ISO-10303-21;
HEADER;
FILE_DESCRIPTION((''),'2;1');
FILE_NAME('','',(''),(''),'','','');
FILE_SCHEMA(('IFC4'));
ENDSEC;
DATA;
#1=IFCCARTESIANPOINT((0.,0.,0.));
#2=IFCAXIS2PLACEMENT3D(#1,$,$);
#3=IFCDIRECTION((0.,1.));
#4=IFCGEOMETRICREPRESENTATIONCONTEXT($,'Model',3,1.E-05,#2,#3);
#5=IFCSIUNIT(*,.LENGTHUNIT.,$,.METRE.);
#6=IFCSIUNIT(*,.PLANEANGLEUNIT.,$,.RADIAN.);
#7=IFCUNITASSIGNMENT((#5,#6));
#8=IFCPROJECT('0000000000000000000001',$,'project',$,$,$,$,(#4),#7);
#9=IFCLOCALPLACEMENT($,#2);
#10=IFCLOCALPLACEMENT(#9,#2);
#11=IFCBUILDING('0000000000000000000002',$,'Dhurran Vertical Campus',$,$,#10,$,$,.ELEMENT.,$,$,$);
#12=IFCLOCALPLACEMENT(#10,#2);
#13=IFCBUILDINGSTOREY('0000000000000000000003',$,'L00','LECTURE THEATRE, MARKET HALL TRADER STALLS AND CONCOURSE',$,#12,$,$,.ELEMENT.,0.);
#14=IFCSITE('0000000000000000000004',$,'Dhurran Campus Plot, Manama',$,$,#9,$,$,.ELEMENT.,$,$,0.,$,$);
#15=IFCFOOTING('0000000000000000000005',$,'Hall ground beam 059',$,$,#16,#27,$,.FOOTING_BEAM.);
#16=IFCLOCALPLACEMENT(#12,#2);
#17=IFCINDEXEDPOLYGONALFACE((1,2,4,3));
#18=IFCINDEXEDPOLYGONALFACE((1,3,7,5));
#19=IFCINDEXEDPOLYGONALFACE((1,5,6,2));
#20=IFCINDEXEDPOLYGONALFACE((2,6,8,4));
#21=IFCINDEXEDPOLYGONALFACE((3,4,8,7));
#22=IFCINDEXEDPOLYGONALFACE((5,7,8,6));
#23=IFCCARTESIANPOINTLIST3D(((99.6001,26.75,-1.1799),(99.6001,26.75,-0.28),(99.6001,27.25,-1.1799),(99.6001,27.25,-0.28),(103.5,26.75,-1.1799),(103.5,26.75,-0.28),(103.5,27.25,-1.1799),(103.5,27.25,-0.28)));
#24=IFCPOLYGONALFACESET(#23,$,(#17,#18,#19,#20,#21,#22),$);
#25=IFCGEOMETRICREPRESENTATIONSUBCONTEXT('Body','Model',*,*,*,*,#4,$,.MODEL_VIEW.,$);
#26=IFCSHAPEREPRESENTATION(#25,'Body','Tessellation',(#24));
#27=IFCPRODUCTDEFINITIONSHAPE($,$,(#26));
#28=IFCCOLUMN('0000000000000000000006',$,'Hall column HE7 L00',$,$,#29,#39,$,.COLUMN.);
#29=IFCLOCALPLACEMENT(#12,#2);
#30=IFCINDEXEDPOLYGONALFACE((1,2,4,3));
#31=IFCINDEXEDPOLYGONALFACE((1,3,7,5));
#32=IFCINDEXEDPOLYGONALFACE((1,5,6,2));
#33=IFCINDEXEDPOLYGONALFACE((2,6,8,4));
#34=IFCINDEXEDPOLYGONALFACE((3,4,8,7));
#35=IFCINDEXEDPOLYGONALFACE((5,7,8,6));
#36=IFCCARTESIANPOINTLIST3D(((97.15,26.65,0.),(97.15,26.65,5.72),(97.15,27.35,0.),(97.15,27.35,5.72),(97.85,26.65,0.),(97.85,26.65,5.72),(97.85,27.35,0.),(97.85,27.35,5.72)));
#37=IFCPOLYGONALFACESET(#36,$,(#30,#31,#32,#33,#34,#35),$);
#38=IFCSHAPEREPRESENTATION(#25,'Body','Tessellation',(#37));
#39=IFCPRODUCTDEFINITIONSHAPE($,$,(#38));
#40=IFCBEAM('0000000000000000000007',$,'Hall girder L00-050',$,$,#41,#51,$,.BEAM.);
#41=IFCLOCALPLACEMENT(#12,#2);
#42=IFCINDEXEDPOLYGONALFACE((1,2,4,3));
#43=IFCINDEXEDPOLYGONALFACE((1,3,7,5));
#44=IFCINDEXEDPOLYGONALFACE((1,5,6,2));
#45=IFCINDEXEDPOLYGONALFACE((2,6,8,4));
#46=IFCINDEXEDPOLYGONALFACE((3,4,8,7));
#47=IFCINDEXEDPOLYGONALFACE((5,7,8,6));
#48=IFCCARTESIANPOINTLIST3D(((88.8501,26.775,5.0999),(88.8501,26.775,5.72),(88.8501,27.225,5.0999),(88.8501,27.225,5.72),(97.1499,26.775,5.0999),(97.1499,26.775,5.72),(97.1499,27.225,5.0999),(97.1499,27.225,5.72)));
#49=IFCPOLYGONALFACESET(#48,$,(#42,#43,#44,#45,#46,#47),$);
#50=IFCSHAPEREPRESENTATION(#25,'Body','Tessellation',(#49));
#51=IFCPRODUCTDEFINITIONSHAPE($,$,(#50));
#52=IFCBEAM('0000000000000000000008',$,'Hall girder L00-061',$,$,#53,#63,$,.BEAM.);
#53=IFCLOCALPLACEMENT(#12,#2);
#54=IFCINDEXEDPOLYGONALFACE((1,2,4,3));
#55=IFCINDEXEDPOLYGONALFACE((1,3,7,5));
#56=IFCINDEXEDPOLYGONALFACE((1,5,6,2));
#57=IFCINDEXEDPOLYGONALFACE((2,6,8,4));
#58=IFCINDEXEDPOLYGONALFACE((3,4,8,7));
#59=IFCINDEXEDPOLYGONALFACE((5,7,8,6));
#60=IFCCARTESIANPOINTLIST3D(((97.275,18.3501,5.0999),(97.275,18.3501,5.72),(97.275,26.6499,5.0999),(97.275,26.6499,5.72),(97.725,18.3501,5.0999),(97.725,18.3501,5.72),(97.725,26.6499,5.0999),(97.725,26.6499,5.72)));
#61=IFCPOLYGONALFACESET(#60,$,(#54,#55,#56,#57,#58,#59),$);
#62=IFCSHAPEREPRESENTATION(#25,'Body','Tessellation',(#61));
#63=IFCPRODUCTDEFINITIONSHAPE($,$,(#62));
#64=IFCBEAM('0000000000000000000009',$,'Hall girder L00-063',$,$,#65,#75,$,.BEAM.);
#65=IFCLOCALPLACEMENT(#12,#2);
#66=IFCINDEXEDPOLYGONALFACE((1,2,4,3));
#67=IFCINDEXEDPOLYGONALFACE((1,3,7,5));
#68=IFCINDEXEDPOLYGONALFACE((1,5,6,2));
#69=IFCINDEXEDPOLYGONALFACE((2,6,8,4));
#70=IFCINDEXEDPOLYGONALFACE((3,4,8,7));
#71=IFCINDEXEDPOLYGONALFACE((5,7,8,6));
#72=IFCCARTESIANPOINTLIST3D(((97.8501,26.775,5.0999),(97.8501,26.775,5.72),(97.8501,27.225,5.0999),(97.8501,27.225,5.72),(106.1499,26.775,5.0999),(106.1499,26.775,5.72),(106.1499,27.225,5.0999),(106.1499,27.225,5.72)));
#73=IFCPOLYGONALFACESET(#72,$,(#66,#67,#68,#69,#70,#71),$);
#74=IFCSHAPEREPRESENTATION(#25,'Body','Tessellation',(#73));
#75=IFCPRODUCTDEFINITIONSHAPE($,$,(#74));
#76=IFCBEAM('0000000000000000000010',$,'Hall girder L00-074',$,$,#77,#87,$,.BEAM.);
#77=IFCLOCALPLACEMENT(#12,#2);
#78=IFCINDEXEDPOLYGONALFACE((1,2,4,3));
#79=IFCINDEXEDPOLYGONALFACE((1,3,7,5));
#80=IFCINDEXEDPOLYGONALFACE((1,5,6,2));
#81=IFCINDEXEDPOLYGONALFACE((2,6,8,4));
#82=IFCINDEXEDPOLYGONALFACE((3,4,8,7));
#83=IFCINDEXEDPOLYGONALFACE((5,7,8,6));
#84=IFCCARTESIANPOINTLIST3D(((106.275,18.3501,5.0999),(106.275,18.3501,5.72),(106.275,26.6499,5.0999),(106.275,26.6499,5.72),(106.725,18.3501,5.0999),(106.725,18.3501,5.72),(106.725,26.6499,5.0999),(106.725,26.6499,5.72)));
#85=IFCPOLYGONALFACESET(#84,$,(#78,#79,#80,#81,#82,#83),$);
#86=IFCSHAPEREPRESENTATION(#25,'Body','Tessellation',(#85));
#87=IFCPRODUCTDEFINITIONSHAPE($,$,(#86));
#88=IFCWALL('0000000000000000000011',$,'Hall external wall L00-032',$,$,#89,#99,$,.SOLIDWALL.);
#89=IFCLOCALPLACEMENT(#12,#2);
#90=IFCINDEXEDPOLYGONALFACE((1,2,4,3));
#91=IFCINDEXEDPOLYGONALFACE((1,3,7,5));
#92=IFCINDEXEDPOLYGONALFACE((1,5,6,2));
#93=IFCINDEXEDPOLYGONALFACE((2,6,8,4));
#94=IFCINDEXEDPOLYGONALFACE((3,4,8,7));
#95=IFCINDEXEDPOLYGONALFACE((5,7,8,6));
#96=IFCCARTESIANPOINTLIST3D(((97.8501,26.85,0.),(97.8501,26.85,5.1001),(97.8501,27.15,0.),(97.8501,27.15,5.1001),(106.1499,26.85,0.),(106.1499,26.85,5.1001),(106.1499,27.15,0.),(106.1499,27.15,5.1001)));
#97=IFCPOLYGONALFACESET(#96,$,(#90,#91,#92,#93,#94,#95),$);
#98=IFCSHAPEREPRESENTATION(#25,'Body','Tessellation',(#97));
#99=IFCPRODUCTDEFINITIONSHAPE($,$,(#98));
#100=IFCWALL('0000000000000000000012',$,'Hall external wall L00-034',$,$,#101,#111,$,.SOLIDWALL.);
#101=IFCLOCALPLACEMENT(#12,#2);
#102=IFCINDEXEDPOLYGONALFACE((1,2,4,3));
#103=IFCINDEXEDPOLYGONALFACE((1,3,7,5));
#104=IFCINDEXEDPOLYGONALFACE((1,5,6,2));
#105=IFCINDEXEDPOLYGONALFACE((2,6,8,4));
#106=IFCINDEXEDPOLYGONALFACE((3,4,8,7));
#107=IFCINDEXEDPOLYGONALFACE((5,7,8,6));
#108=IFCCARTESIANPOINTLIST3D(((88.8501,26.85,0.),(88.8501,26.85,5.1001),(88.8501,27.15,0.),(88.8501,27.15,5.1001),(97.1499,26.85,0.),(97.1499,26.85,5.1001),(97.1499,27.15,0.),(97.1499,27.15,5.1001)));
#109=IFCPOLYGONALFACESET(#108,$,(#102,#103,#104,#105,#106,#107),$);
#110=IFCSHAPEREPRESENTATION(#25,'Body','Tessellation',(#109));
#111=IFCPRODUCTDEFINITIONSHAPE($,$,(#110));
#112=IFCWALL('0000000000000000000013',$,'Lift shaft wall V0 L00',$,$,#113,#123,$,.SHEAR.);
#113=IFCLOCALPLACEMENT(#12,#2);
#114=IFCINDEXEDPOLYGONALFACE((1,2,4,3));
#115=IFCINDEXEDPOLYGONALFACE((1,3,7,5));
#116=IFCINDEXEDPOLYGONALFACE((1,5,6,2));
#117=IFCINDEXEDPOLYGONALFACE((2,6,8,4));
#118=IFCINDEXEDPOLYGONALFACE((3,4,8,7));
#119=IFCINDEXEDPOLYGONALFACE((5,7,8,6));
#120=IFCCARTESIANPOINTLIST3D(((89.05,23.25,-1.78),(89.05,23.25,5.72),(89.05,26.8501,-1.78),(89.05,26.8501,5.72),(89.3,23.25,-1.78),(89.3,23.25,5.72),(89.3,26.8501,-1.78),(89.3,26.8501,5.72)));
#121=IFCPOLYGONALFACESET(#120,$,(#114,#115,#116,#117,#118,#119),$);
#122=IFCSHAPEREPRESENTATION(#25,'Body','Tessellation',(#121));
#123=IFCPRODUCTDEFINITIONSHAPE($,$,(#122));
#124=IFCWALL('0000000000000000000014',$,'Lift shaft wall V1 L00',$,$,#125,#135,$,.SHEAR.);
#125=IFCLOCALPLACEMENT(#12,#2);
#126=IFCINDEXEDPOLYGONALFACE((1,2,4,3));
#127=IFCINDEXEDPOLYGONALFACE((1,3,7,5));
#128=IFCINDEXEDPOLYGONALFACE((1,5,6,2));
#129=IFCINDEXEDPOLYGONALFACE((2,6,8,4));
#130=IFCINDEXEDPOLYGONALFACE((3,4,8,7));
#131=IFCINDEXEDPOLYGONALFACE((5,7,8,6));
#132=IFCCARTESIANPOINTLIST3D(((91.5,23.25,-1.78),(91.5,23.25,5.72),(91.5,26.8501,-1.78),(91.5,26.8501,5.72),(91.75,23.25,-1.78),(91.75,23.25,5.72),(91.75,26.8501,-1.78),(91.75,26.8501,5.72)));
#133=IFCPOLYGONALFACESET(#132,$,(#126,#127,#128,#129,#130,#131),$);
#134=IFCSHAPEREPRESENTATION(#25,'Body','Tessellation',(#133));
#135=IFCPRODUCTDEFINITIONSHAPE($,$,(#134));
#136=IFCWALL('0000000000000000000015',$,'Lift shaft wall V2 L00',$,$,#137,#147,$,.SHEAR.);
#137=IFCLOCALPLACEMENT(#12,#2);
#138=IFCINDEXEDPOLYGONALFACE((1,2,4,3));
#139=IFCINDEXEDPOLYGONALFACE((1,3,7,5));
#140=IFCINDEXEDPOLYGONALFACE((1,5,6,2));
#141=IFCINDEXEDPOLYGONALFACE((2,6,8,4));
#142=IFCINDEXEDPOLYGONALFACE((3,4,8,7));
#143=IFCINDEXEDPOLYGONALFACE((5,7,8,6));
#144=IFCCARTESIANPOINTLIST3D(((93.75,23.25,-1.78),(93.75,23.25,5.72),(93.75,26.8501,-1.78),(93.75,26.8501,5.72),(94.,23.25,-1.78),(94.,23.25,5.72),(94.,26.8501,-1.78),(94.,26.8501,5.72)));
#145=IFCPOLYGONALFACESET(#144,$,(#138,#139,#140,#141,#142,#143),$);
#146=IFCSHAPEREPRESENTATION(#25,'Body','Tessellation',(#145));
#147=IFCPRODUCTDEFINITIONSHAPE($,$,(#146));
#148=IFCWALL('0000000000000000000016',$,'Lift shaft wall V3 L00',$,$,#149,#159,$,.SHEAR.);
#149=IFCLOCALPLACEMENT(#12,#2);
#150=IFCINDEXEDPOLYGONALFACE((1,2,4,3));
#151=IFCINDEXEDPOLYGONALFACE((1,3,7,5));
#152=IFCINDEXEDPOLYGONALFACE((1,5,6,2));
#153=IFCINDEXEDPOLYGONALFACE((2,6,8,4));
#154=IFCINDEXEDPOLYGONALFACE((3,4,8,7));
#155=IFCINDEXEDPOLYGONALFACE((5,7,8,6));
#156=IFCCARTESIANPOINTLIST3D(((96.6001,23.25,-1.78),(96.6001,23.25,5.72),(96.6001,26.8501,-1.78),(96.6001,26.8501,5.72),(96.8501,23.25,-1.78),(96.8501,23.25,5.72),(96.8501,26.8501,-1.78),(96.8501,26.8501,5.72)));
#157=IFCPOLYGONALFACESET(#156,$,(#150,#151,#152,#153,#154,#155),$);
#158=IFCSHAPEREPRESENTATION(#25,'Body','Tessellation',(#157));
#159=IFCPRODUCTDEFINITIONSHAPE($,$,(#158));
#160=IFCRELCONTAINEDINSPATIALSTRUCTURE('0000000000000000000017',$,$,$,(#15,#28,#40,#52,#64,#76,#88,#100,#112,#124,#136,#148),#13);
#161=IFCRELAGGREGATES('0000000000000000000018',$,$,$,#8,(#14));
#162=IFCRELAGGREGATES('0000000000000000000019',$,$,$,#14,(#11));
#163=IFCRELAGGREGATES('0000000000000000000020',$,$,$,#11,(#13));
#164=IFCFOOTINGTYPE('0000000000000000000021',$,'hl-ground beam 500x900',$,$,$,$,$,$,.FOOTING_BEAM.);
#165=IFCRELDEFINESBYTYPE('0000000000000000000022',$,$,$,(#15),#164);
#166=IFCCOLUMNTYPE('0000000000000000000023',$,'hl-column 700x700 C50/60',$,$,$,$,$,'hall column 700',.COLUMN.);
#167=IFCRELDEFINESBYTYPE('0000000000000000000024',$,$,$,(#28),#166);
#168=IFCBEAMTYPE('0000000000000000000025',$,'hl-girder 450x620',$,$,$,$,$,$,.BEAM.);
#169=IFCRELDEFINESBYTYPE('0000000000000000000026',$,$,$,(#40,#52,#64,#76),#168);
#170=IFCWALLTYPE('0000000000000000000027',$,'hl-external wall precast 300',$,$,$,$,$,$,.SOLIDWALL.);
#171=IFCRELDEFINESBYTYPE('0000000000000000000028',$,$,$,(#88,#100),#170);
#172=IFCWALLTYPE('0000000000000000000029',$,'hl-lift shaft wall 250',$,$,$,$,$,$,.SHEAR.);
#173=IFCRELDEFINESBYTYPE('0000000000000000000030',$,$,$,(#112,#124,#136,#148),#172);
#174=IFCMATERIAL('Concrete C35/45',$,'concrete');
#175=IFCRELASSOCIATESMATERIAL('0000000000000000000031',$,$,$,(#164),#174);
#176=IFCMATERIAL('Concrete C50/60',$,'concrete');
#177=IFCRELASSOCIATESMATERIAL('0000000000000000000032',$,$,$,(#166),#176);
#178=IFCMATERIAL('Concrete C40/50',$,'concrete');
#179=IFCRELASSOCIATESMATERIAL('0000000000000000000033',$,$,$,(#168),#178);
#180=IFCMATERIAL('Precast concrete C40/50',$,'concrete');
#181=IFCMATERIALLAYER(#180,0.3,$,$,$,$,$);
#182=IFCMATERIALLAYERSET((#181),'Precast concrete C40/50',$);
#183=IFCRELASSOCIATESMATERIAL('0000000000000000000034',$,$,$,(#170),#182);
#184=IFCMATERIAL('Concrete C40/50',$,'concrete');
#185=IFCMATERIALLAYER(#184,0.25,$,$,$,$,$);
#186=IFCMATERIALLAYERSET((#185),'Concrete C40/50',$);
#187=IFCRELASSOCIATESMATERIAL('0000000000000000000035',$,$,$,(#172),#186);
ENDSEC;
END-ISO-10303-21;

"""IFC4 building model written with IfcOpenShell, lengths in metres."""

from ifc_helpers import new_model, si_unit, direction, frame, frame_2d, origin, origin_2d, place, context, subcontext, project, spatial, rectangle, extrude, material, layer, layer_set, material_profile, profile_set, type_object, element, save


model = new_model("IFC4")

# Units and contexts
model_context = context("Model", 3, precision=1e-05, world=origin(), true_north=direction((0.0, 1.0)))
body_context = subcontext(model_context, "Body", "Model", "MODEL_VIEW")
ifc_project = project(units=[si_unit("LENGTHUNIT", "METRE"), si_unit("PLANEANGLEUNIT", "RADIAN")], contexts=[model_context])

# Site, building, storey
site_placement = place(None, origin())
site = spatial("IfcSite", under=ifc_project, at=site_placement, Name="Dhurran Campus Plot, Manama", CompositionType="ELEMENT", RefElevation=0.0)
building_placement = place(site_placement, origin())
building = spatial("IfcBuilding", under=site, at=building_placement, Name="Dhurran Vertical Campus", CompositionType="ELEMENT")
storey_placement = place(building_placement, origin())
storey = spatial("IfcBuildingStorey", under=building, at=storey_placement, Name="L00", Description="LECTURE THEATRE, MARKET HALL TRADER STALLS AND CONCOURSE", CompositionType="ELEMENT", Elevation=0.0)

# Footing
ifc_material_1 = material(Name="Concrete C35/45", Category="concrete")
ifc_material_profile_1 = material_profile(ifc_material_1, rectangle(XDim=0.5, YDim=0.8999, at=origin_2d()), Name="hl-ground beam 500x900")
ifc_profile_set_1 = profile_set([ifc_material_profile_1], Name="Concrete C35/45")
footing_type = type_object("IfcFootingType", Name="hl-ground beam 500x900", PredefinedType="FOOTING_BEAM", material=ifc_profile_set_1)
footing_placement = place(storey_placement, frame((99.6001, 27.0, -0.73), z_axis=(1.0, 0.0, 0.0), x_axis=(0.0, 1.0, 0.0)))
element("IfcFooting", 1, at=footing_placement, inside=storey, type_object=footing_type, Name="Hall ground beam 059", PredefinedType="FOOTING_BEAM", context=body_context, shape_type="SweptSolid", body=[
    extrude(rectangle(XDim=0.5, YDim=0.8999, at=origin_2d()), origin(), (0.0, 0.0, 1.0), 3.8999),
])

# Column
ifc_material_2 = material(Name="Concrete C50/60", Category="concrete")
ifc_material_profile_2 = material_profile(ifc_material_2, rectangle(XDim=0.7, YDim=0.7, at=origin_2d()), Name="hl-column 700x700 C50/60")
ifc_profile_set_2 = profile_set([ifc_material_profile_2], Name="Concrete C50/60")
column_type = type_object("IfcColumnType", Name="hl-column 700x700 C50/60", ElementType="hall column 700", PredefinedType="COLUMN", material=ifc_profile_set_2)
column_placement = place(storey_placement, frame((97.5, 27.0, 0.0), z_axis=(0.0, 0.0, 1.0), x_axis=(1.0, 0.0, 0.0)))
element("IfcColumn", 2, at=column_placement, inside=storey, type_object=column_type, Name="Hall column HE7 L00", PredefinedType="COLUMN", context=body_context, shape_type="SweptSolid", body=[
    extrude(rectangle(XDim=0.7, YDim=0.7, at=origin_2d()), origin(), (0.0, 0.0, 1.0), 5.72),
])

# Beams
ifc_material_3 = material(Name="Concrete C40/50", Category="concrete")
ifc_material_profile_3 = material_profile(ifc_material_3, rectangle(XDim=0.45, YDim=0.6201, at=origin_2d()), Name="hl-girder 450x620")
ifc_profile_set_3 = profile_set([ifc_material_profile_3], Name="Concrete C40/50")
beam_type = type_object("IfcBeamType", Name="hl-girder 450x620", PredefinedType="BEAM", material=ifc_profile_set_3)
for number, where, z_axis, x_axis, name in (
    (3, (88.8501, 27.0, 5.4099), (1.0, 0.0, 0.0), (0.0, 1.0, 0.0), "Hall girder L00-050"),
    (4, (97.5, 18.3501, 5.4099), (0.0, 1.0, 0.0), (-1.0, 0.0, 0.0), "Hall girder L00-061"),
    (5, (97.8501, 27.0, 5.4099), (1.0, 0.0, 0.0), (0.0, 1.0, 0.0), "Hall girder L00-063"),
    (6, (106.5, 18.3501, 5.4099), (0.0, 1.0, 0.0), (-1.0, 0.0, 0.0), "Hall girder L00-074"),
):
    element("IfcBeam", number, at=place(storey_placement, frame(where, z_axis=z_axis, x_axis=x_axis)), inside=storey, type_object=beam_type, Name=name, PredefinedType="BEAM", context=body_context, shape_type="SweptSolid", body=[
        extrude(rectangle(XDim=0.45, YDim=0.6201, at=origin_2d()), origin(), (0.0, 0.0, 1.0), 8.2998),
    ])

# Walls
ifc_material_4 = material(Name="Precast concrete C40/50", Category="concrete")
ifc_layer_1 = layer(ifc_material_4, 0.3)
ifc_layer_set_1 = layer_set([ifc_layer_1], Name="Precast concrete C40/50")
wall_type_1 = type_object("IfcWallType", Name="hl-external wall precast 300", PredefinedType="SOLIDWALL", material=ifc_layer_set_1)
for number, where, z_axis, x_axis, name in (
    (7, (106.1499, 27.0, 0.0), (0.0, 0.0, 1.0), (-1.0, 0.0, 0.0), "Hall external wall L00-032"),
    (8, (97.1499, 27.0, 0.0), (0.0, 0.0, 1.0), (-1.0, 0.0, 0.0), "Hall external wall L00-034"),
):
    element("IfcWall", number, at=place(storey_placement, frame(where, z_axis=z_axis, x_axis=x_axis)), inside=storey, type_object=wall_type_1, Name=name, PredefinedType="SOLIDWALL", context=body_context, shape_type="SweptSolid", body=[
        extrude(rectangle(XDim=8.2998, YDim=0.3, at=frame_2d((4.1499, 0.0))), origin(), (0.0, 0.0, 1.0), 5.1001),
    ])
ifc_material_5 = material(Name="Concrete C40/50", Category="concrete")
ifc_layer_2 = layer(ifc_material_5, 0.25)
ifc_layer_set_2 = layer_set([ifc_layer_2], Name="Concrete C40/50")
wall_type_2 = type_object("IfcWallType", Name="hl-lift shaft wall 250", PredefinedType="SHEAR", material=ifc_layer_set_2)
for number, where, z_axis, x_axis, name in (
    (9, (89.175, 23.25, -1.78), (0.0, 0.0, 1.0), (0.0, 1.0, 0.0), "Lift shaft wall V0 L00"),
    (10, (91.625, 23.25, -1.78), (0.0, 0.0, 1.0), (0.0, 1.0, 0.0), "Lift shaft wall V1 L00"),
    (11, (93.875, 23.25, -1.78), (0.0, 0.0, 1.0), (0.0, 1.0, 0.0), "Lift shaft wall V2 L00"),
    (12, (96.7251, 23.25, -1.78), (0.0, 0.0, 1.0), (0.0, 1.0, 0.0), "Lift shaft wall V3 L00"),
):
    element("IfcWall", number, at=place(storey_placement, frame(where, z_axis=z_axis, x_axis=x_axis)), inside=storey, type_object=wall_type_2, Name=name, PredefinedType="SHEAR", context=body_context, shape_type="SweptSolid", body=[
        extrude(rectangle(XDim=3.6001, YDim=0.25, at=frame_2d((1.8, 0.0))), origin(), (0.0, 0.0, 1.0), 7.5),
    ])

save(model, "model.ifc")
